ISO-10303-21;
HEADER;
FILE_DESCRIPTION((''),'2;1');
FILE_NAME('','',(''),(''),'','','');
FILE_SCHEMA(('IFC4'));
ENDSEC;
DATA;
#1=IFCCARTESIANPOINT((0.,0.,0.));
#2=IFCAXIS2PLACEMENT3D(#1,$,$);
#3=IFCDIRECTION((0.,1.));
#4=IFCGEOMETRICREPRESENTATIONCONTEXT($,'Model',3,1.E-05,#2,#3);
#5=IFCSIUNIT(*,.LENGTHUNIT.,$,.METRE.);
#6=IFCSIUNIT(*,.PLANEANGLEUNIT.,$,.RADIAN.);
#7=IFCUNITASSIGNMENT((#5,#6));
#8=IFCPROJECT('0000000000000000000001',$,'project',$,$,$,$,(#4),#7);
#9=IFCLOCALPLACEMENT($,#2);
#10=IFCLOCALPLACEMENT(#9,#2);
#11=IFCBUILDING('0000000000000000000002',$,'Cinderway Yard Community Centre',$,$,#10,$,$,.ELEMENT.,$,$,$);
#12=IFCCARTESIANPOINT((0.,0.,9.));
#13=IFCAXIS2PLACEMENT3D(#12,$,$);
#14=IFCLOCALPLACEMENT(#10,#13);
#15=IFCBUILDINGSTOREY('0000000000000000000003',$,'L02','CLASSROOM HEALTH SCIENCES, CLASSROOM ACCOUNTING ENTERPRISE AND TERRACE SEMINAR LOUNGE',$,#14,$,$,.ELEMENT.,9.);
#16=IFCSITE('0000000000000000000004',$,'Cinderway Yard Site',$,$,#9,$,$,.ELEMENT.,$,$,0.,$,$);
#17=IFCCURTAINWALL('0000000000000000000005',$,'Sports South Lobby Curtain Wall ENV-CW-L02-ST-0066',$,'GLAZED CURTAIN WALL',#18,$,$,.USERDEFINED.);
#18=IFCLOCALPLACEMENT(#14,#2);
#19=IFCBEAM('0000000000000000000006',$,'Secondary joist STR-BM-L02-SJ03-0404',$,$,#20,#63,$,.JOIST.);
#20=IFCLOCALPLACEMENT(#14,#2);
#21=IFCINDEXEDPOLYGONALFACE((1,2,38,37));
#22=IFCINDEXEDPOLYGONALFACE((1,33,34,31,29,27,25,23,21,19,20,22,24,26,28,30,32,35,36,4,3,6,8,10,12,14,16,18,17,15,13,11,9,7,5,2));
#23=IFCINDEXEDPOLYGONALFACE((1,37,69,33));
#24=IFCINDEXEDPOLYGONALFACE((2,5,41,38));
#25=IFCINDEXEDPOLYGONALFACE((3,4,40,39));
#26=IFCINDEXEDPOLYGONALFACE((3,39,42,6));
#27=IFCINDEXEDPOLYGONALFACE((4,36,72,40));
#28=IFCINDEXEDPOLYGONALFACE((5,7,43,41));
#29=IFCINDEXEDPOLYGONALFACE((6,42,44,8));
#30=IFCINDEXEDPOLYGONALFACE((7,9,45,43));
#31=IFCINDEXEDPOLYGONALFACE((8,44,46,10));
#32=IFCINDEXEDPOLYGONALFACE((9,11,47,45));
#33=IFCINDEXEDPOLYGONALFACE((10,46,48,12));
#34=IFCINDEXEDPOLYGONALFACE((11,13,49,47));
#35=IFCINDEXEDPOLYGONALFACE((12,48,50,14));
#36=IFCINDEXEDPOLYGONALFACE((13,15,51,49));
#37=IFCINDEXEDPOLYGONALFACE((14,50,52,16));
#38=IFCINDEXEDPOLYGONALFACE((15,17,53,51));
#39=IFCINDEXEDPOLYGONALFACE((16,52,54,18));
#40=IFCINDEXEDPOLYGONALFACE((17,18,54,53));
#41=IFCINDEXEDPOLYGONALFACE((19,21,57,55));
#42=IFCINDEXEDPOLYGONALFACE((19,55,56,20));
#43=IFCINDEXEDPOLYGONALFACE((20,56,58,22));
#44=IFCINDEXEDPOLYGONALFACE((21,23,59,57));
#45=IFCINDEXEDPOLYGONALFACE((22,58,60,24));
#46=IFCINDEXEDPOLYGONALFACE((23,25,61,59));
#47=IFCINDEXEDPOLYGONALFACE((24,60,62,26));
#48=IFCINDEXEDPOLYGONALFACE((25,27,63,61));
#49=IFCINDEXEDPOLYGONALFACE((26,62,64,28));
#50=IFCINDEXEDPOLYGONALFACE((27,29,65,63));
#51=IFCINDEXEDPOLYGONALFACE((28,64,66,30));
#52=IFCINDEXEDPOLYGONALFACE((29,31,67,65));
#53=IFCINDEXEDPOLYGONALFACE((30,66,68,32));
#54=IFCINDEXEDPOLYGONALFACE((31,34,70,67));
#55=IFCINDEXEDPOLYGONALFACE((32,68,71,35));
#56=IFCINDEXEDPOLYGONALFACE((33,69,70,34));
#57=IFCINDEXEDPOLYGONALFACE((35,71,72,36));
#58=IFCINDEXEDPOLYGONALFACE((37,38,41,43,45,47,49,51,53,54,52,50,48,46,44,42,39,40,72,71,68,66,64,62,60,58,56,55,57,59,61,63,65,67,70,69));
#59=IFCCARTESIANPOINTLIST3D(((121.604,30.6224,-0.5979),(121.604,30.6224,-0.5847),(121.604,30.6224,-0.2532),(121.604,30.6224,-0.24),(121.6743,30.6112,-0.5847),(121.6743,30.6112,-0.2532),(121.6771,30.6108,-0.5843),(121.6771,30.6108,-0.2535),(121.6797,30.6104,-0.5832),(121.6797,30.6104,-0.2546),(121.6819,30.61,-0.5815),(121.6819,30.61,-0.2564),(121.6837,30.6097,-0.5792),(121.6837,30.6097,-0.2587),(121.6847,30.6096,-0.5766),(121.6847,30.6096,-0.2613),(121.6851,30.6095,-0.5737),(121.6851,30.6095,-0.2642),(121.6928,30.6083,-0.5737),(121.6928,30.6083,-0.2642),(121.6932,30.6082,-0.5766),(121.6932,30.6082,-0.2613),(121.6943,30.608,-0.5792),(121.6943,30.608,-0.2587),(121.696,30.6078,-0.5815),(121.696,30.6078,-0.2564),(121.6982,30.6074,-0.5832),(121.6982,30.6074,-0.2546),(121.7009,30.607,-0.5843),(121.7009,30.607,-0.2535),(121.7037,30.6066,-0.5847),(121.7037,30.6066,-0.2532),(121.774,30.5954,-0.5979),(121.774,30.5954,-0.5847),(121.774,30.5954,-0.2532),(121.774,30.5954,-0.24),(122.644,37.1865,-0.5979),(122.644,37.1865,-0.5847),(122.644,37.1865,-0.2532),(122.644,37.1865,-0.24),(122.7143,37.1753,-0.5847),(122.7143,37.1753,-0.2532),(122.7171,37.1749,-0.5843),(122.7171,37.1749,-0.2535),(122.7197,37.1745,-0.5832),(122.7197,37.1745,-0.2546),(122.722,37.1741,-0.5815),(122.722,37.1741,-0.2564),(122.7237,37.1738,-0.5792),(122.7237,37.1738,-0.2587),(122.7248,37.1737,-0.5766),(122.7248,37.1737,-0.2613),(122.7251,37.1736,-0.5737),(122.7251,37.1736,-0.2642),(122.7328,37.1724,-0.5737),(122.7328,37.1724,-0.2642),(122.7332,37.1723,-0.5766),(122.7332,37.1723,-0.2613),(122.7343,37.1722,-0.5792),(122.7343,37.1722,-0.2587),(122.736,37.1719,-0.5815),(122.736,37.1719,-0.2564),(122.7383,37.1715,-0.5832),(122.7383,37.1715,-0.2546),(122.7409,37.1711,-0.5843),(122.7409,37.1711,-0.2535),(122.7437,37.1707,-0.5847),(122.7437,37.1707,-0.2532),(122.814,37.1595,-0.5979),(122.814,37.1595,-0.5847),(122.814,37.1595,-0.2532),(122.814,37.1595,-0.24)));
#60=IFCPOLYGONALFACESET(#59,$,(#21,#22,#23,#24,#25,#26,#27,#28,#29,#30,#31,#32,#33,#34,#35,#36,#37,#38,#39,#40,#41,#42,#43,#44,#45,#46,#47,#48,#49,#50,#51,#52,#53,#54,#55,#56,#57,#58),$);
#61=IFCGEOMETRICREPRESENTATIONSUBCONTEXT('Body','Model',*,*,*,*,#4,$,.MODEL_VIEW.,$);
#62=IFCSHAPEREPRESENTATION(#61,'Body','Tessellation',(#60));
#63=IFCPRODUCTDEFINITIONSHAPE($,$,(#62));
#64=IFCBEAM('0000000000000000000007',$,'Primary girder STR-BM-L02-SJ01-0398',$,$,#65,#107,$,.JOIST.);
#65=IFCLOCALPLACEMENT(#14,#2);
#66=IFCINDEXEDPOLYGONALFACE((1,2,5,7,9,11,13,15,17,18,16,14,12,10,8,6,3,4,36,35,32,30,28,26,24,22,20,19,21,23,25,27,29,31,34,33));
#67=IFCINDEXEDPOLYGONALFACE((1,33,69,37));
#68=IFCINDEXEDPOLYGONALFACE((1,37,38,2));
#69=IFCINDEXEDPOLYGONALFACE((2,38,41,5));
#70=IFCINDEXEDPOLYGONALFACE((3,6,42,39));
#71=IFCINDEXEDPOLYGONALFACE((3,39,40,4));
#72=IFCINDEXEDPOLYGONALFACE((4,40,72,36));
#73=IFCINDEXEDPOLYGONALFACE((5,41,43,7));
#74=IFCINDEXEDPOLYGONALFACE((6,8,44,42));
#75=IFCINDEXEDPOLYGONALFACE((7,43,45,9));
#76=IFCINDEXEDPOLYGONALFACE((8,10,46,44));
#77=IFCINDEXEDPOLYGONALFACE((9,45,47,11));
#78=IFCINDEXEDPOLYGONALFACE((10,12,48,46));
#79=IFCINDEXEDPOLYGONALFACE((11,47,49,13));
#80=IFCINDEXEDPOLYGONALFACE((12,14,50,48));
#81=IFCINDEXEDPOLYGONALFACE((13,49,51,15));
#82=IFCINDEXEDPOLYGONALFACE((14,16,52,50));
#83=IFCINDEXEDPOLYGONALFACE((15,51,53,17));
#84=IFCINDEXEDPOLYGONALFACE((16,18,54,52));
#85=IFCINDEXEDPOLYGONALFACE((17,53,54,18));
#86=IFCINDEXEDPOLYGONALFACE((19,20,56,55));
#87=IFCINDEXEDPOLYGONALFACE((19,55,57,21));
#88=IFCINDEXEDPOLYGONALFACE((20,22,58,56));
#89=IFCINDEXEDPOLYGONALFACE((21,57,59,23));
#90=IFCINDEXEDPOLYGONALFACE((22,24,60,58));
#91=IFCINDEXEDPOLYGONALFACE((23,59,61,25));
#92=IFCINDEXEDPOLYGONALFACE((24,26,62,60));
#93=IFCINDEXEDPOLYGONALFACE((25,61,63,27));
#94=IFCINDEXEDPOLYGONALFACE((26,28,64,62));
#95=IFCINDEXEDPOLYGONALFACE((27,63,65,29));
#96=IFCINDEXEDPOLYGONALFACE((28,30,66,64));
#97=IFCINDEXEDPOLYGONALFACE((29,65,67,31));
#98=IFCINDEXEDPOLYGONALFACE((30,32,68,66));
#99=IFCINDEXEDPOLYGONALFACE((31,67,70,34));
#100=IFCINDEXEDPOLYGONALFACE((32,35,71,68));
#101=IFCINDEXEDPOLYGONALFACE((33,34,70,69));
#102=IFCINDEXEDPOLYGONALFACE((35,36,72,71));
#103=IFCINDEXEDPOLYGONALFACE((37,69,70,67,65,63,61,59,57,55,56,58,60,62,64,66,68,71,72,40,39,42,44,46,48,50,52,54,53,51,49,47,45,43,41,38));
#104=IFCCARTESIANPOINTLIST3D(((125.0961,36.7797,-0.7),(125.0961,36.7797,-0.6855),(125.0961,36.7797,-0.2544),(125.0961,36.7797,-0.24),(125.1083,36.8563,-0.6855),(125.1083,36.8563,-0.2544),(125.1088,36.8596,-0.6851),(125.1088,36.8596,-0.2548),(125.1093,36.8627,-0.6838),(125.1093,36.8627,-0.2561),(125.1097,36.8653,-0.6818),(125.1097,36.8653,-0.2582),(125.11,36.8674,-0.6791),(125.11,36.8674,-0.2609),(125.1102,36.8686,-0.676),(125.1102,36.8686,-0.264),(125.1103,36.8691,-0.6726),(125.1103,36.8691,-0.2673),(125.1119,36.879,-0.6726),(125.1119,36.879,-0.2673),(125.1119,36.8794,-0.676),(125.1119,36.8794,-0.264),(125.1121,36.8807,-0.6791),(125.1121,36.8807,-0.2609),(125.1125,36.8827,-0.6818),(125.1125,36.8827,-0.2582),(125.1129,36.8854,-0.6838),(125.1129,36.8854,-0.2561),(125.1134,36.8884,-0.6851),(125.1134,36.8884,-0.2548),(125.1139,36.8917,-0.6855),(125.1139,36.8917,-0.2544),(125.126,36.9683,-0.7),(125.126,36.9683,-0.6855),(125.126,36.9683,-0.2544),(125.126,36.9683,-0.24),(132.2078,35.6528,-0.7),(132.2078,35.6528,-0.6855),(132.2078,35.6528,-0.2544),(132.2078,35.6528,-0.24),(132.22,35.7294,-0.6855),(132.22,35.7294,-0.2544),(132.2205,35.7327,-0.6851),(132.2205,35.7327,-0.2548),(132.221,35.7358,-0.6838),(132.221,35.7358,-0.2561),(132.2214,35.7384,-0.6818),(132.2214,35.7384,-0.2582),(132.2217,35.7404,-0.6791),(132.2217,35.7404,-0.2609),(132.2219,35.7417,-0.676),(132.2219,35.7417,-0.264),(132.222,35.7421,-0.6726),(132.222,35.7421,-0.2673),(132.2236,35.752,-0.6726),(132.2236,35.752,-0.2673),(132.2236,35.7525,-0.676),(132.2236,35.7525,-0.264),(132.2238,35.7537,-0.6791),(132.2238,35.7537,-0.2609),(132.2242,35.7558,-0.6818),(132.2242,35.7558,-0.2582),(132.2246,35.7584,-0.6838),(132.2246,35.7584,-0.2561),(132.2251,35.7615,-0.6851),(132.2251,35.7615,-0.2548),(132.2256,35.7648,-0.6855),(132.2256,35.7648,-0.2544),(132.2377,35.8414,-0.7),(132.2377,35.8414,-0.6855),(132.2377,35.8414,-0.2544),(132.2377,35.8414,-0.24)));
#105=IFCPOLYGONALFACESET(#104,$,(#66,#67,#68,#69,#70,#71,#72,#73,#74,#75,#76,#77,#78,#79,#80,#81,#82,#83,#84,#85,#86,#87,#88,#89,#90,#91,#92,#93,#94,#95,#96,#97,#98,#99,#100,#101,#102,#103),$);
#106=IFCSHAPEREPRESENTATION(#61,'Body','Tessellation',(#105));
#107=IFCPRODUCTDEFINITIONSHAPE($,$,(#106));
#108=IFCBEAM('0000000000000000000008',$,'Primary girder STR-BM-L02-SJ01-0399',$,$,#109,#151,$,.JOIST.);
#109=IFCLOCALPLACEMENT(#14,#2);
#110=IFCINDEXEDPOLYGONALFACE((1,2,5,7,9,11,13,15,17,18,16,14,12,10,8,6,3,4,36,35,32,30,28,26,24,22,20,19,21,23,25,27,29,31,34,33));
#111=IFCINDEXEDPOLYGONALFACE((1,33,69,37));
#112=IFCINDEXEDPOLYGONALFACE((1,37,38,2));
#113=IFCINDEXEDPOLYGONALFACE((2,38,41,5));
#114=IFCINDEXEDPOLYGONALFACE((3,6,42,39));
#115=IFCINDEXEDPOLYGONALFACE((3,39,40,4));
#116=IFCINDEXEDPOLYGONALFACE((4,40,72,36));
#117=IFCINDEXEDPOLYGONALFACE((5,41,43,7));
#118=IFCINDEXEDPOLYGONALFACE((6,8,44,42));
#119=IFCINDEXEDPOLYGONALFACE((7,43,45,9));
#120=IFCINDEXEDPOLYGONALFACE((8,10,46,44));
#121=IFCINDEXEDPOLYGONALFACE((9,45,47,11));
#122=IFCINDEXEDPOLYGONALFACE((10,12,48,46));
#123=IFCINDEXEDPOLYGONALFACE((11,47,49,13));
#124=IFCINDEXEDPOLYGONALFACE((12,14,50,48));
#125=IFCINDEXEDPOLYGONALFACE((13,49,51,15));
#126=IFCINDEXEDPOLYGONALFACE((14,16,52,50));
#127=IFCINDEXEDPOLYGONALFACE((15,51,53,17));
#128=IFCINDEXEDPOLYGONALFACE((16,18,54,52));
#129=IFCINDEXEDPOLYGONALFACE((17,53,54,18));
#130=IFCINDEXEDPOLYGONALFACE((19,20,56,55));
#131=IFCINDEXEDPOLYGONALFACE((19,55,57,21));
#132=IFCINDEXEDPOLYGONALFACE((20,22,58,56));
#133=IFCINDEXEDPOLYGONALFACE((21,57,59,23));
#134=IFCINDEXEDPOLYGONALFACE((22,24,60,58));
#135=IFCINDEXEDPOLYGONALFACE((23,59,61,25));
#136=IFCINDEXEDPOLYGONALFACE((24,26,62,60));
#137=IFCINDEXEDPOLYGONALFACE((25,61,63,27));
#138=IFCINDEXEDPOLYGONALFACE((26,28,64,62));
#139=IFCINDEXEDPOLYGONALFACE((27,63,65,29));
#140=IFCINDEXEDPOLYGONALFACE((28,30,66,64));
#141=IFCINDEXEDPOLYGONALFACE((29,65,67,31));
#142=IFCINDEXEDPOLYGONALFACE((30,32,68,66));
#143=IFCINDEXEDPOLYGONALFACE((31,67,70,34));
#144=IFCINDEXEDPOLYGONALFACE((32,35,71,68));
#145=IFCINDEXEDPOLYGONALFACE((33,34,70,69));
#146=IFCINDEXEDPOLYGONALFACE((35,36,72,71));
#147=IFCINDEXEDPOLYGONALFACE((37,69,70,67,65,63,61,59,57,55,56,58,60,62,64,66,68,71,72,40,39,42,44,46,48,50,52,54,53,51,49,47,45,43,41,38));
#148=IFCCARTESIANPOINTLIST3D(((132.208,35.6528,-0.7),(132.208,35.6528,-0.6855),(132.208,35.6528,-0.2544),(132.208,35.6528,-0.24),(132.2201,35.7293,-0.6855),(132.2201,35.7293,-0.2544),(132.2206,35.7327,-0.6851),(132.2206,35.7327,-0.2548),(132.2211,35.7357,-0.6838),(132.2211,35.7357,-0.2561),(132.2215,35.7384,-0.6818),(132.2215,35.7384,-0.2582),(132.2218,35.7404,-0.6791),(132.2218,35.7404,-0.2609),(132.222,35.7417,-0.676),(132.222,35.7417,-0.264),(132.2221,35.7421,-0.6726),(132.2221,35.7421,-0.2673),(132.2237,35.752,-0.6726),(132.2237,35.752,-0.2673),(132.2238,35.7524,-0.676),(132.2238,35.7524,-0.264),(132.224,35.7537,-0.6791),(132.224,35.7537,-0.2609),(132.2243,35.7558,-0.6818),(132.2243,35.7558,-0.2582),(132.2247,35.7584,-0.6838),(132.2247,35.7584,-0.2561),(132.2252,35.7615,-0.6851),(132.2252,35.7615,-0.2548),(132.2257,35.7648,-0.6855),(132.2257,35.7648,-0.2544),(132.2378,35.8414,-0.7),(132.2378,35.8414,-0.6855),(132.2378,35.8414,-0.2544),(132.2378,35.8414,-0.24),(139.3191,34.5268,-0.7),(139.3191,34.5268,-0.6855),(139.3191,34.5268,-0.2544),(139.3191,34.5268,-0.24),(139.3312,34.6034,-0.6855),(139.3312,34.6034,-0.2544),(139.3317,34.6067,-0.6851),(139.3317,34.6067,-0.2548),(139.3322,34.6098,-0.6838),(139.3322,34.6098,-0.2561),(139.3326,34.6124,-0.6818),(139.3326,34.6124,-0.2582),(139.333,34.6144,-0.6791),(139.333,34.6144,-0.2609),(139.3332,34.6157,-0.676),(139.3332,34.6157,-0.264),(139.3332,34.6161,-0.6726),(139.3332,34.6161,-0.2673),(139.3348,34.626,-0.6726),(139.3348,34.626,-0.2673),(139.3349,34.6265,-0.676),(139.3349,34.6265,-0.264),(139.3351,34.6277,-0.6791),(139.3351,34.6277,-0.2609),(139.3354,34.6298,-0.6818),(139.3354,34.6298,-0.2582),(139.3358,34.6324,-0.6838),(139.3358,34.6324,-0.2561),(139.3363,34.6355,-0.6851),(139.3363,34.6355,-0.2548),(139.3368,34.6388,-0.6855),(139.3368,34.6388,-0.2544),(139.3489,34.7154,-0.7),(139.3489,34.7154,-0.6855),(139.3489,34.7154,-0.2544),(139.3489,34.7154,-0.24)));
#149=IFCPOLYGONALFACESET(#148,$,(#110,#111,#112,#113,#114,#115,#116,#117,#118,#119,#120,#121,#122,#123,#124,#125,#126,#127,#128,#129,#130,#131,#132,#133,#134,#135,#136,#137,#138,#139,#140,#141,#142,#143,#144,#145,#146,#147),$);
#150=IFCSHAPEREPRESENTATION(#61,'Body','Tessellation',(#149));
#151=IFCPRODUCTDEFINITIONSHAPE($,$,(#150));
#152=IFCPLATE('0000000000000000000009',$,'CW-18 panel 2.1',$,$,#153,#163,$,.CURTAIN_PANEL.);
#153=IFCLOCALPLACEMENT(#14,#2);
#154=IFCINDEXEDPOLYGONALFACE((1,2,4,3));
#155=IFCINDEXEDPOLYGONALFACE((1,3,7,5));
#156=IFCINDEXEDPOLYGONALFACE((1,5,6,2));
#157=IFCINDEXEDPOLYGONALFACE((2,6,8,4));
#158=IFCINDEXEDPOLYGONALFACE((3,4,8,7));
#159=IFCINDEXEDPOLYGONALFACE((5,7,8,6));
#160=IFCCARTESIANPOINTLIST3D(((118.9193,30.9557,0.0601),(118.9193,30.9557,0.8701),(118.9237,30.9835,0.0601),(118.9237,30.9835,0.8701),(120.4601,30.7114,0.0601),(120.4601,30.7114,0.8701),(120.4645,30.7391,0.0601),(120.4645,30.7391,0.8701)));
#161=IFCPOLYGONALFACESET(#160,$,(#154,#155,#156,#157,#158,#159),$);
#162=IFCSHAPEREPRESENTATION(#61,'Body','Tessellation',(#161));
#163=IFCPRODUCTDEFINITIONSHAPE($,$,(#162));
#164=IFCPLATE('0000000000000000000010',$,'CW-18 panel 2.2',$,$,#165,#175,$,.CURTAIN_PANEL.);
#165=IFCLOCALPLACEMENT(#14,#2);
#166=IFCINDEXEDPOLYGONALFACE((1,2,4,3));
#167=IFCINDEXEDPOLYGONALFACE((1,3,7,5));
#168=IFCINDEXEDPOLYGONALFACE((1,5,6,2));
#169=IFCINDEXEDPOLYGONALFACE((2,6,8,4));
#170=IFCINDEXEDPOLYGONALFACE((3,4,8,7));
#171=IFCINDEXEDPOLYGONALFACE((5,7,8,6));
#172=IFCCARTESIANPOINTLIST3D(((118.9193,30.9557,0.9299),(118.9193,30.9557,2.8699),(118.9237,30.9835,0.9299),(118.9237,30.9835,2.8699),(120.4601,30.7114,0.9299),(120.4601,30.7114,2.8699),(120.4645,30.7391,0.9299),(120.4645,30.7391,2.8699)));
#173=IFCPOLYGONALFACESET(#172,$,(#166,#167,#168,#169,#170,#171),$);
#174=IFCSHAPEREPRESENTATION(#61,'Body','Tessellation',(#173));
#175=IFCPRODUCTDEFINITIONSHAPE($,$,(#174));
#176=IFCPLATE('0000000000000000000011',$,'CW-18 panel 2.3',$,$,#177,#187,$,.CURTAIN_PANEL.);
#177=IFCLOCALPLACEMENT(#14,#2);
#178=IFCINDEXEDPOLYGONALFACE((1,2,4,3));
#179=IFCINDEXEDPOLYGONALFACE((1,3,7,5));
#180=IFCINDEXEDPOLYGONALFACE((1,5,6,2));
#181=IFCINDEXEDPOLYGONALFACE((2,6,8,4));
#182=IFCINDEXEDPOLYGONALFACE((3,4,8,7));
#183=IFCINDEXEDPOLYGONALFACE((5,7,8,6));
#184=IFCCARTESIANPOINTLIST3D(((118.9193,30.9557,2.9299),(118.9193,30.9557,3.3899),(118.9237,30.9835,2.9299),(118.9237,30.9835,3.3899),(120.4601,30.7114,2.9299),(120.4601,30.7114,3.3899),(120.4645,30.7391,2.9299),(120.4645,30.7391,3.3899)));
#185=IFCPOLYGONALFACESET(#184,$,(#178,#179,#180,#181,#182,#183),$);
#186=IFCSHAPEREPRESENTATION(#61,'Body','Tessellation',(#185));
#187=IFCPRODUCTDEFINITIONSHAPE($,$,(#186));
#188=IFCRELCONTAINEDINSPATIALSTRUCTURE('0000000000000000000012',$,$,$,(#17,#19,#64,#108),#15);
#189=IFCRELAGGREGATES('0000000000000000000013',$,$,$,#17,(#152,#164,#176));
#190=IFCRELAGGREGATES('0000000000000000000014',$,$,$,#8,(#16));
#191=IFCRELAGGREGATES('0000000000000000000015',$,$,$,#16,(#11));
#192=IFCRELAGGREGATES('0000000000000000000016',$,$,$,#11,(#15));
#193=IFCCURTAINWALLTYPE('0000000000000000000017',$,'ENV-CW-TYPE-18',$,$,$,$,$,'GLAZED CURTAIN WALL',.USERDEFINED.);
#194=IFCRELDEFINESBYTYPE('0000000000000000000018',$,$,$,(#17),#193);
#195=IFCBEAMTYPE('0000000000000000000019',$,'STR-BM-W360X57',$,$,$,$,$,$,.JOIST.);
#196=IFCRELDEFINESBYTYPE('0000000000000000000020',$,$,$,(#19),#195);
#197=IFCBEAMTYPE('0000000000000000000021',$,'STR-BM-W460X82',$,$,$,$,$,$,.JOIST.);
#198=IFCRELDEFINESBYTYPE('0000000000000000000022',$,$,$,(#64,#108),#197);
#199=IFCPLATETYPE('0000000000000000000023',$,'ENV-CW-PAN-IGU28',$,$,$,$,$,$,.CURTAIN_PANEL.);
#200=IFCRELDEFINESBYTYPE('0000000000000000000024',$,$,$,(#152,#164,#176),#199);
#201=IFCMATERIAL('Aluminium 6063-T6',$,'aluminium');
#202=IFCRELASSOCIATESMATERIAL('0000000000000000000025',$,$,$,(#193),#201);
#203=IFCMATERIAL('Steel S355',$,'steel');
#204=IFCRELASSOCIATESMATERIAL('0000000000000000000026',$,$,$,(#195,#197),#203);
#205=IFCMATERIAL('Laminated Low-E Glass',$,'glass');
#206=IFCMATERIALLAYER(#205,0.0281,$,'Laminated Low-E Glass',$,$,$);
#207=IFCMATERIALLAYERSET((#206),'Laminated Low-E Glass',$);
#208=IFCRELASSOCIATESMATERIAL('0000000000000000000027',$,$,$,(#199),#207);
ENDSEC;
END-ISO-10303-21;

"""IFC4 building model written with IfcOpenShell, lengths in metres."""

from ifc_helpers import new_model, si_unit, direction, frame, origin, origin_2d, place, context, subcontext, project, spatial, rectangle, i_section, extrude, material, layer, layer_set, material_profile, profile_set, type_object, element, aggregate, save


model = new_model("IFC4")

# Units and contexts
model_context = context("Model", 3, precision=1e-05, world=origin(), true_north=direction((0.0, 1.0)))
body_context = subcontext(model_context, "Body", "Model", "MODEL_VIEW")
ifc_project = project(units=[si_unit("LENGTHUNIT", "METRE"), si_unit("PLANEANGLEUNIT", "RADIAN")], contexts=[model_context])

# Site, building, storey
site_placement = place(None, origin())
site = spatial("IfcSite", under=ifc_project, at=site_placement, Name="Cinderway Yard Site", CompositionType="ELEMENT", RefElevation=0.0)
building_placement = place(site_placement, origin())
building = spatial("IfcBuilding", under=site, at=building_placement, Name="Cinderway Yard Community Centre", CompositionType="ELEMENT")
storey_placement = place(building_placement, frame((0.0, 0.0, 9.0)))
storey = spatial("IfcBuildingStorey", under=building, at=storey_placement, Name="L02", Description="CLASSROOM HEALTH SCIENCES, CLASSROOM ACCOUNTING ENTERPRISE AND TERRACE SEMINAR LOUNGE", CompositionType="ELEMENT", Elevation=9.0)

# Curtain wall
ifc_material_1 = material(Name="Aluminium 6063-T6", Category="aluminium")
curtain_wall_type = type_object("IfcCurtainWallType", Name="ENV-CW-TYPE-18", ElementType="GLAZED CURTAIN WALL", PredefinedType="USERDEFINED", material=ifc_material_1)
curtain_wall_placement = place(storey_placement, origin())
curtain_wall = element("IfcCurtainWall", 1, at=curtain_wall_placement, inside=storey, type_object=curtain_wall_type, Name="Sports South Lobby Curtain Wall ENV-CW-L02-ST-0066", ObjectType="GLAZED CURTAIN WALL", PredefinedType="USERDEFINED")

# Beams
ifc_material_2 = material(Name="Steel S355", Category="steel")
ifc_material_profile_1 = material_profile(ifc_material_2, i_section(OverallWidth=0.1721, OverallDepth=0.3579, WebThickness=0.0078, FlangeThickness=0.0132, FilletRadius=0.011, at=origin_2d()), Name="Steel S355")
ifc_profile_set_1 = profile_set([ifc_material_profile_1], Name="Steel S355")
beam_type_1 = type_object("IfcBeamType", Name="STR-BM-W360X57", PredefinedType="JOIST", material=ifc_profile_set_1)
beam_1_placement = place(storey_placement, frame((121.689, 30.6089, -0.4189), z_axis=(0.156489, 0.98768, 0.0), x_axis=(-0.98768, 0.156489, 0.0)))
element("IfcBeam", 2, at=beam_1_placement, inside=storey, type_object=beam_type_1, Name="Secondary joist STR-BM-L02-SJ03-0404", PredefinedType="JOIST", context=body_context, shape_type="SweptSolid", body=[
    extrude(i_section(OverallWidth=0.1721, OverallDepth=0.3579, WebThickness=0.0078, FlangeThickness=0.0132, FilletRadius=0.011, at=origin_2d()), origin(), (0.0, 0.0, 1.0), 6.646),
])
ifc_material_profile_2 = material_profile(ifc_material_2, i_section(OverallWidth=0.1909, OverallDepth=0.46, WebThickness=0.01, FlangeThickness=0.0144, FilletRadius=0.0129, at=origin_2d()), Name="Steel S355")
ifc_profile_set_2 = profile_set([ifc_material_profile_2], Name="Steel S355")
beam_type_2 = type_object("IfcBeamType", Name="STR-BM-W460X82", PredefinedType="JOIST", material=ifc_profile_set_2)
beam_2_placement = place(storey_placement, frame((125.1111, 36.874, -0.47), z_axis=(0.987676, -0.156509, 0.0), x_axis=(0.156509, 0.987676, 0.0)))
element("IfcBeam", 3, at=beam_2_placement, inside=storey, type_object=beam_type_2, Name="Primary girder STR-BM-L02-SJ01-0398", PredefinedType="JOIST", context=body_context, shape_type="SweptSolid", body=[
    extrude(i_section(OverallWidth=0.1909, OverallDepth=0.46, WebThickness=0.01, FlangeThickness=0.0144, FilletRadius=0.0129, at=origin_2d()), origin(), (0.0, 0.0, 1.0), 7.2004),
])
beam_3_placement = place(storey_placement, frame((132.2229, 35.7471, -0.47), z_axis=(0.987695, -0.156393, 0.0), x_axis=(0.156393, 0.987695, 0.0)))
element("IfcBeam", 4, at=beam_3_placement, inside=storey, type_object=beam_type_2, Name="Primary girder STR-BM-L02-SJ01-0399", PredefinedType="JOIST", context=body_context, shape_type="SweptSolid", body=[
    extrude(i_section(OverallWidth=0.1909, OverallDepth=0.46, WebThickness=0.01, FlangeThickness=0.0144, FilletRadius=0.0129, at=origin_2d()), origin(), (0.0, 0.0, 1.0), 7.1997),
])

# Plates
ifc_material_3 = material(Name="Laminated Low-E Glass", Category="glass")
ifc_layer_1 = layer(ifc_material_3, 0.0281, Name="Laminated Low-E Glass")
ifc_layer_set_1 = layer_set([ifc_layer_1], Name="Laminated Low-E Glass")
plate_type_1 = type_object("IfcPlateType", Name="ENV-CW-PAN-IGU28", PredefinedType="CURTAIN_PANEL", material=ifc_layer_set_1)
plate_1_placement = place(storey_placement, frame((119.6919, 30.8474, 0.0601), z_axis=(0.0, 0.0, 1.0), x_axis=(0.987656, -0.156636, 0.0)))
plate_1 = element("IfcPlate", 5, at=plate_1_placement, type_object=plate_type_1, Name="CW-18 panel 2.1", PredefinedType="CURTAIN_PANEL", context=body_context, shape_type="SweptSolid", body=[
    extrude(rectangle(XDim=1.5601, YDim=0.0281, at=origin_2d()), origin(), (0.0, 0.0, 1.0), 0.8101),
])
plate_2_placement = place(storey_placement, frame((119.6919, 30.8474, 0.9299), z_axis=(0.0, 0.0, 1.0), x_axis=(0.987656, -0.156636, 0.0)))
plate_2 = element("IfcPlate", 6, at=plate_2_placement, type_object=plate_type_1, Name="CW-18 panel 2.2", PredefinedType="CURTAIN_PANEL", context=body_context, shape_type="SweptSolid", body=[
    extrude(rectangle(XDim=1.5601, YDim=0.0281, at=origin_2d()), origin(), (0.0, 0.0, 1.0), 1.9399),
])
plate_3_placement = place(storey_placement, frame((119.6919, 30.8474, 2.9299), z_axis=(0.0, 0.0, 1.0), x_axis=(0.987656, -0.156636, 0.0)))
plate_3 = element("IfcPlate", 7, at=plate_3_placement, type_object=plate_type_1, Name="CW-18 panel 2.3", PredefinedType="CURTAIN_PANEL", context=body_context, shape_type="SweptSolid", body=[
    extrude(rectangle(XDim=1.5601, YDim=0.0281, at=origin_2d()), origin(), (0.0, 0.0, 1.0), 0.46),
])
aggregate(curtain_wall, [plate_1, plate_2, plate_3])

save(model, "model.ifc")
